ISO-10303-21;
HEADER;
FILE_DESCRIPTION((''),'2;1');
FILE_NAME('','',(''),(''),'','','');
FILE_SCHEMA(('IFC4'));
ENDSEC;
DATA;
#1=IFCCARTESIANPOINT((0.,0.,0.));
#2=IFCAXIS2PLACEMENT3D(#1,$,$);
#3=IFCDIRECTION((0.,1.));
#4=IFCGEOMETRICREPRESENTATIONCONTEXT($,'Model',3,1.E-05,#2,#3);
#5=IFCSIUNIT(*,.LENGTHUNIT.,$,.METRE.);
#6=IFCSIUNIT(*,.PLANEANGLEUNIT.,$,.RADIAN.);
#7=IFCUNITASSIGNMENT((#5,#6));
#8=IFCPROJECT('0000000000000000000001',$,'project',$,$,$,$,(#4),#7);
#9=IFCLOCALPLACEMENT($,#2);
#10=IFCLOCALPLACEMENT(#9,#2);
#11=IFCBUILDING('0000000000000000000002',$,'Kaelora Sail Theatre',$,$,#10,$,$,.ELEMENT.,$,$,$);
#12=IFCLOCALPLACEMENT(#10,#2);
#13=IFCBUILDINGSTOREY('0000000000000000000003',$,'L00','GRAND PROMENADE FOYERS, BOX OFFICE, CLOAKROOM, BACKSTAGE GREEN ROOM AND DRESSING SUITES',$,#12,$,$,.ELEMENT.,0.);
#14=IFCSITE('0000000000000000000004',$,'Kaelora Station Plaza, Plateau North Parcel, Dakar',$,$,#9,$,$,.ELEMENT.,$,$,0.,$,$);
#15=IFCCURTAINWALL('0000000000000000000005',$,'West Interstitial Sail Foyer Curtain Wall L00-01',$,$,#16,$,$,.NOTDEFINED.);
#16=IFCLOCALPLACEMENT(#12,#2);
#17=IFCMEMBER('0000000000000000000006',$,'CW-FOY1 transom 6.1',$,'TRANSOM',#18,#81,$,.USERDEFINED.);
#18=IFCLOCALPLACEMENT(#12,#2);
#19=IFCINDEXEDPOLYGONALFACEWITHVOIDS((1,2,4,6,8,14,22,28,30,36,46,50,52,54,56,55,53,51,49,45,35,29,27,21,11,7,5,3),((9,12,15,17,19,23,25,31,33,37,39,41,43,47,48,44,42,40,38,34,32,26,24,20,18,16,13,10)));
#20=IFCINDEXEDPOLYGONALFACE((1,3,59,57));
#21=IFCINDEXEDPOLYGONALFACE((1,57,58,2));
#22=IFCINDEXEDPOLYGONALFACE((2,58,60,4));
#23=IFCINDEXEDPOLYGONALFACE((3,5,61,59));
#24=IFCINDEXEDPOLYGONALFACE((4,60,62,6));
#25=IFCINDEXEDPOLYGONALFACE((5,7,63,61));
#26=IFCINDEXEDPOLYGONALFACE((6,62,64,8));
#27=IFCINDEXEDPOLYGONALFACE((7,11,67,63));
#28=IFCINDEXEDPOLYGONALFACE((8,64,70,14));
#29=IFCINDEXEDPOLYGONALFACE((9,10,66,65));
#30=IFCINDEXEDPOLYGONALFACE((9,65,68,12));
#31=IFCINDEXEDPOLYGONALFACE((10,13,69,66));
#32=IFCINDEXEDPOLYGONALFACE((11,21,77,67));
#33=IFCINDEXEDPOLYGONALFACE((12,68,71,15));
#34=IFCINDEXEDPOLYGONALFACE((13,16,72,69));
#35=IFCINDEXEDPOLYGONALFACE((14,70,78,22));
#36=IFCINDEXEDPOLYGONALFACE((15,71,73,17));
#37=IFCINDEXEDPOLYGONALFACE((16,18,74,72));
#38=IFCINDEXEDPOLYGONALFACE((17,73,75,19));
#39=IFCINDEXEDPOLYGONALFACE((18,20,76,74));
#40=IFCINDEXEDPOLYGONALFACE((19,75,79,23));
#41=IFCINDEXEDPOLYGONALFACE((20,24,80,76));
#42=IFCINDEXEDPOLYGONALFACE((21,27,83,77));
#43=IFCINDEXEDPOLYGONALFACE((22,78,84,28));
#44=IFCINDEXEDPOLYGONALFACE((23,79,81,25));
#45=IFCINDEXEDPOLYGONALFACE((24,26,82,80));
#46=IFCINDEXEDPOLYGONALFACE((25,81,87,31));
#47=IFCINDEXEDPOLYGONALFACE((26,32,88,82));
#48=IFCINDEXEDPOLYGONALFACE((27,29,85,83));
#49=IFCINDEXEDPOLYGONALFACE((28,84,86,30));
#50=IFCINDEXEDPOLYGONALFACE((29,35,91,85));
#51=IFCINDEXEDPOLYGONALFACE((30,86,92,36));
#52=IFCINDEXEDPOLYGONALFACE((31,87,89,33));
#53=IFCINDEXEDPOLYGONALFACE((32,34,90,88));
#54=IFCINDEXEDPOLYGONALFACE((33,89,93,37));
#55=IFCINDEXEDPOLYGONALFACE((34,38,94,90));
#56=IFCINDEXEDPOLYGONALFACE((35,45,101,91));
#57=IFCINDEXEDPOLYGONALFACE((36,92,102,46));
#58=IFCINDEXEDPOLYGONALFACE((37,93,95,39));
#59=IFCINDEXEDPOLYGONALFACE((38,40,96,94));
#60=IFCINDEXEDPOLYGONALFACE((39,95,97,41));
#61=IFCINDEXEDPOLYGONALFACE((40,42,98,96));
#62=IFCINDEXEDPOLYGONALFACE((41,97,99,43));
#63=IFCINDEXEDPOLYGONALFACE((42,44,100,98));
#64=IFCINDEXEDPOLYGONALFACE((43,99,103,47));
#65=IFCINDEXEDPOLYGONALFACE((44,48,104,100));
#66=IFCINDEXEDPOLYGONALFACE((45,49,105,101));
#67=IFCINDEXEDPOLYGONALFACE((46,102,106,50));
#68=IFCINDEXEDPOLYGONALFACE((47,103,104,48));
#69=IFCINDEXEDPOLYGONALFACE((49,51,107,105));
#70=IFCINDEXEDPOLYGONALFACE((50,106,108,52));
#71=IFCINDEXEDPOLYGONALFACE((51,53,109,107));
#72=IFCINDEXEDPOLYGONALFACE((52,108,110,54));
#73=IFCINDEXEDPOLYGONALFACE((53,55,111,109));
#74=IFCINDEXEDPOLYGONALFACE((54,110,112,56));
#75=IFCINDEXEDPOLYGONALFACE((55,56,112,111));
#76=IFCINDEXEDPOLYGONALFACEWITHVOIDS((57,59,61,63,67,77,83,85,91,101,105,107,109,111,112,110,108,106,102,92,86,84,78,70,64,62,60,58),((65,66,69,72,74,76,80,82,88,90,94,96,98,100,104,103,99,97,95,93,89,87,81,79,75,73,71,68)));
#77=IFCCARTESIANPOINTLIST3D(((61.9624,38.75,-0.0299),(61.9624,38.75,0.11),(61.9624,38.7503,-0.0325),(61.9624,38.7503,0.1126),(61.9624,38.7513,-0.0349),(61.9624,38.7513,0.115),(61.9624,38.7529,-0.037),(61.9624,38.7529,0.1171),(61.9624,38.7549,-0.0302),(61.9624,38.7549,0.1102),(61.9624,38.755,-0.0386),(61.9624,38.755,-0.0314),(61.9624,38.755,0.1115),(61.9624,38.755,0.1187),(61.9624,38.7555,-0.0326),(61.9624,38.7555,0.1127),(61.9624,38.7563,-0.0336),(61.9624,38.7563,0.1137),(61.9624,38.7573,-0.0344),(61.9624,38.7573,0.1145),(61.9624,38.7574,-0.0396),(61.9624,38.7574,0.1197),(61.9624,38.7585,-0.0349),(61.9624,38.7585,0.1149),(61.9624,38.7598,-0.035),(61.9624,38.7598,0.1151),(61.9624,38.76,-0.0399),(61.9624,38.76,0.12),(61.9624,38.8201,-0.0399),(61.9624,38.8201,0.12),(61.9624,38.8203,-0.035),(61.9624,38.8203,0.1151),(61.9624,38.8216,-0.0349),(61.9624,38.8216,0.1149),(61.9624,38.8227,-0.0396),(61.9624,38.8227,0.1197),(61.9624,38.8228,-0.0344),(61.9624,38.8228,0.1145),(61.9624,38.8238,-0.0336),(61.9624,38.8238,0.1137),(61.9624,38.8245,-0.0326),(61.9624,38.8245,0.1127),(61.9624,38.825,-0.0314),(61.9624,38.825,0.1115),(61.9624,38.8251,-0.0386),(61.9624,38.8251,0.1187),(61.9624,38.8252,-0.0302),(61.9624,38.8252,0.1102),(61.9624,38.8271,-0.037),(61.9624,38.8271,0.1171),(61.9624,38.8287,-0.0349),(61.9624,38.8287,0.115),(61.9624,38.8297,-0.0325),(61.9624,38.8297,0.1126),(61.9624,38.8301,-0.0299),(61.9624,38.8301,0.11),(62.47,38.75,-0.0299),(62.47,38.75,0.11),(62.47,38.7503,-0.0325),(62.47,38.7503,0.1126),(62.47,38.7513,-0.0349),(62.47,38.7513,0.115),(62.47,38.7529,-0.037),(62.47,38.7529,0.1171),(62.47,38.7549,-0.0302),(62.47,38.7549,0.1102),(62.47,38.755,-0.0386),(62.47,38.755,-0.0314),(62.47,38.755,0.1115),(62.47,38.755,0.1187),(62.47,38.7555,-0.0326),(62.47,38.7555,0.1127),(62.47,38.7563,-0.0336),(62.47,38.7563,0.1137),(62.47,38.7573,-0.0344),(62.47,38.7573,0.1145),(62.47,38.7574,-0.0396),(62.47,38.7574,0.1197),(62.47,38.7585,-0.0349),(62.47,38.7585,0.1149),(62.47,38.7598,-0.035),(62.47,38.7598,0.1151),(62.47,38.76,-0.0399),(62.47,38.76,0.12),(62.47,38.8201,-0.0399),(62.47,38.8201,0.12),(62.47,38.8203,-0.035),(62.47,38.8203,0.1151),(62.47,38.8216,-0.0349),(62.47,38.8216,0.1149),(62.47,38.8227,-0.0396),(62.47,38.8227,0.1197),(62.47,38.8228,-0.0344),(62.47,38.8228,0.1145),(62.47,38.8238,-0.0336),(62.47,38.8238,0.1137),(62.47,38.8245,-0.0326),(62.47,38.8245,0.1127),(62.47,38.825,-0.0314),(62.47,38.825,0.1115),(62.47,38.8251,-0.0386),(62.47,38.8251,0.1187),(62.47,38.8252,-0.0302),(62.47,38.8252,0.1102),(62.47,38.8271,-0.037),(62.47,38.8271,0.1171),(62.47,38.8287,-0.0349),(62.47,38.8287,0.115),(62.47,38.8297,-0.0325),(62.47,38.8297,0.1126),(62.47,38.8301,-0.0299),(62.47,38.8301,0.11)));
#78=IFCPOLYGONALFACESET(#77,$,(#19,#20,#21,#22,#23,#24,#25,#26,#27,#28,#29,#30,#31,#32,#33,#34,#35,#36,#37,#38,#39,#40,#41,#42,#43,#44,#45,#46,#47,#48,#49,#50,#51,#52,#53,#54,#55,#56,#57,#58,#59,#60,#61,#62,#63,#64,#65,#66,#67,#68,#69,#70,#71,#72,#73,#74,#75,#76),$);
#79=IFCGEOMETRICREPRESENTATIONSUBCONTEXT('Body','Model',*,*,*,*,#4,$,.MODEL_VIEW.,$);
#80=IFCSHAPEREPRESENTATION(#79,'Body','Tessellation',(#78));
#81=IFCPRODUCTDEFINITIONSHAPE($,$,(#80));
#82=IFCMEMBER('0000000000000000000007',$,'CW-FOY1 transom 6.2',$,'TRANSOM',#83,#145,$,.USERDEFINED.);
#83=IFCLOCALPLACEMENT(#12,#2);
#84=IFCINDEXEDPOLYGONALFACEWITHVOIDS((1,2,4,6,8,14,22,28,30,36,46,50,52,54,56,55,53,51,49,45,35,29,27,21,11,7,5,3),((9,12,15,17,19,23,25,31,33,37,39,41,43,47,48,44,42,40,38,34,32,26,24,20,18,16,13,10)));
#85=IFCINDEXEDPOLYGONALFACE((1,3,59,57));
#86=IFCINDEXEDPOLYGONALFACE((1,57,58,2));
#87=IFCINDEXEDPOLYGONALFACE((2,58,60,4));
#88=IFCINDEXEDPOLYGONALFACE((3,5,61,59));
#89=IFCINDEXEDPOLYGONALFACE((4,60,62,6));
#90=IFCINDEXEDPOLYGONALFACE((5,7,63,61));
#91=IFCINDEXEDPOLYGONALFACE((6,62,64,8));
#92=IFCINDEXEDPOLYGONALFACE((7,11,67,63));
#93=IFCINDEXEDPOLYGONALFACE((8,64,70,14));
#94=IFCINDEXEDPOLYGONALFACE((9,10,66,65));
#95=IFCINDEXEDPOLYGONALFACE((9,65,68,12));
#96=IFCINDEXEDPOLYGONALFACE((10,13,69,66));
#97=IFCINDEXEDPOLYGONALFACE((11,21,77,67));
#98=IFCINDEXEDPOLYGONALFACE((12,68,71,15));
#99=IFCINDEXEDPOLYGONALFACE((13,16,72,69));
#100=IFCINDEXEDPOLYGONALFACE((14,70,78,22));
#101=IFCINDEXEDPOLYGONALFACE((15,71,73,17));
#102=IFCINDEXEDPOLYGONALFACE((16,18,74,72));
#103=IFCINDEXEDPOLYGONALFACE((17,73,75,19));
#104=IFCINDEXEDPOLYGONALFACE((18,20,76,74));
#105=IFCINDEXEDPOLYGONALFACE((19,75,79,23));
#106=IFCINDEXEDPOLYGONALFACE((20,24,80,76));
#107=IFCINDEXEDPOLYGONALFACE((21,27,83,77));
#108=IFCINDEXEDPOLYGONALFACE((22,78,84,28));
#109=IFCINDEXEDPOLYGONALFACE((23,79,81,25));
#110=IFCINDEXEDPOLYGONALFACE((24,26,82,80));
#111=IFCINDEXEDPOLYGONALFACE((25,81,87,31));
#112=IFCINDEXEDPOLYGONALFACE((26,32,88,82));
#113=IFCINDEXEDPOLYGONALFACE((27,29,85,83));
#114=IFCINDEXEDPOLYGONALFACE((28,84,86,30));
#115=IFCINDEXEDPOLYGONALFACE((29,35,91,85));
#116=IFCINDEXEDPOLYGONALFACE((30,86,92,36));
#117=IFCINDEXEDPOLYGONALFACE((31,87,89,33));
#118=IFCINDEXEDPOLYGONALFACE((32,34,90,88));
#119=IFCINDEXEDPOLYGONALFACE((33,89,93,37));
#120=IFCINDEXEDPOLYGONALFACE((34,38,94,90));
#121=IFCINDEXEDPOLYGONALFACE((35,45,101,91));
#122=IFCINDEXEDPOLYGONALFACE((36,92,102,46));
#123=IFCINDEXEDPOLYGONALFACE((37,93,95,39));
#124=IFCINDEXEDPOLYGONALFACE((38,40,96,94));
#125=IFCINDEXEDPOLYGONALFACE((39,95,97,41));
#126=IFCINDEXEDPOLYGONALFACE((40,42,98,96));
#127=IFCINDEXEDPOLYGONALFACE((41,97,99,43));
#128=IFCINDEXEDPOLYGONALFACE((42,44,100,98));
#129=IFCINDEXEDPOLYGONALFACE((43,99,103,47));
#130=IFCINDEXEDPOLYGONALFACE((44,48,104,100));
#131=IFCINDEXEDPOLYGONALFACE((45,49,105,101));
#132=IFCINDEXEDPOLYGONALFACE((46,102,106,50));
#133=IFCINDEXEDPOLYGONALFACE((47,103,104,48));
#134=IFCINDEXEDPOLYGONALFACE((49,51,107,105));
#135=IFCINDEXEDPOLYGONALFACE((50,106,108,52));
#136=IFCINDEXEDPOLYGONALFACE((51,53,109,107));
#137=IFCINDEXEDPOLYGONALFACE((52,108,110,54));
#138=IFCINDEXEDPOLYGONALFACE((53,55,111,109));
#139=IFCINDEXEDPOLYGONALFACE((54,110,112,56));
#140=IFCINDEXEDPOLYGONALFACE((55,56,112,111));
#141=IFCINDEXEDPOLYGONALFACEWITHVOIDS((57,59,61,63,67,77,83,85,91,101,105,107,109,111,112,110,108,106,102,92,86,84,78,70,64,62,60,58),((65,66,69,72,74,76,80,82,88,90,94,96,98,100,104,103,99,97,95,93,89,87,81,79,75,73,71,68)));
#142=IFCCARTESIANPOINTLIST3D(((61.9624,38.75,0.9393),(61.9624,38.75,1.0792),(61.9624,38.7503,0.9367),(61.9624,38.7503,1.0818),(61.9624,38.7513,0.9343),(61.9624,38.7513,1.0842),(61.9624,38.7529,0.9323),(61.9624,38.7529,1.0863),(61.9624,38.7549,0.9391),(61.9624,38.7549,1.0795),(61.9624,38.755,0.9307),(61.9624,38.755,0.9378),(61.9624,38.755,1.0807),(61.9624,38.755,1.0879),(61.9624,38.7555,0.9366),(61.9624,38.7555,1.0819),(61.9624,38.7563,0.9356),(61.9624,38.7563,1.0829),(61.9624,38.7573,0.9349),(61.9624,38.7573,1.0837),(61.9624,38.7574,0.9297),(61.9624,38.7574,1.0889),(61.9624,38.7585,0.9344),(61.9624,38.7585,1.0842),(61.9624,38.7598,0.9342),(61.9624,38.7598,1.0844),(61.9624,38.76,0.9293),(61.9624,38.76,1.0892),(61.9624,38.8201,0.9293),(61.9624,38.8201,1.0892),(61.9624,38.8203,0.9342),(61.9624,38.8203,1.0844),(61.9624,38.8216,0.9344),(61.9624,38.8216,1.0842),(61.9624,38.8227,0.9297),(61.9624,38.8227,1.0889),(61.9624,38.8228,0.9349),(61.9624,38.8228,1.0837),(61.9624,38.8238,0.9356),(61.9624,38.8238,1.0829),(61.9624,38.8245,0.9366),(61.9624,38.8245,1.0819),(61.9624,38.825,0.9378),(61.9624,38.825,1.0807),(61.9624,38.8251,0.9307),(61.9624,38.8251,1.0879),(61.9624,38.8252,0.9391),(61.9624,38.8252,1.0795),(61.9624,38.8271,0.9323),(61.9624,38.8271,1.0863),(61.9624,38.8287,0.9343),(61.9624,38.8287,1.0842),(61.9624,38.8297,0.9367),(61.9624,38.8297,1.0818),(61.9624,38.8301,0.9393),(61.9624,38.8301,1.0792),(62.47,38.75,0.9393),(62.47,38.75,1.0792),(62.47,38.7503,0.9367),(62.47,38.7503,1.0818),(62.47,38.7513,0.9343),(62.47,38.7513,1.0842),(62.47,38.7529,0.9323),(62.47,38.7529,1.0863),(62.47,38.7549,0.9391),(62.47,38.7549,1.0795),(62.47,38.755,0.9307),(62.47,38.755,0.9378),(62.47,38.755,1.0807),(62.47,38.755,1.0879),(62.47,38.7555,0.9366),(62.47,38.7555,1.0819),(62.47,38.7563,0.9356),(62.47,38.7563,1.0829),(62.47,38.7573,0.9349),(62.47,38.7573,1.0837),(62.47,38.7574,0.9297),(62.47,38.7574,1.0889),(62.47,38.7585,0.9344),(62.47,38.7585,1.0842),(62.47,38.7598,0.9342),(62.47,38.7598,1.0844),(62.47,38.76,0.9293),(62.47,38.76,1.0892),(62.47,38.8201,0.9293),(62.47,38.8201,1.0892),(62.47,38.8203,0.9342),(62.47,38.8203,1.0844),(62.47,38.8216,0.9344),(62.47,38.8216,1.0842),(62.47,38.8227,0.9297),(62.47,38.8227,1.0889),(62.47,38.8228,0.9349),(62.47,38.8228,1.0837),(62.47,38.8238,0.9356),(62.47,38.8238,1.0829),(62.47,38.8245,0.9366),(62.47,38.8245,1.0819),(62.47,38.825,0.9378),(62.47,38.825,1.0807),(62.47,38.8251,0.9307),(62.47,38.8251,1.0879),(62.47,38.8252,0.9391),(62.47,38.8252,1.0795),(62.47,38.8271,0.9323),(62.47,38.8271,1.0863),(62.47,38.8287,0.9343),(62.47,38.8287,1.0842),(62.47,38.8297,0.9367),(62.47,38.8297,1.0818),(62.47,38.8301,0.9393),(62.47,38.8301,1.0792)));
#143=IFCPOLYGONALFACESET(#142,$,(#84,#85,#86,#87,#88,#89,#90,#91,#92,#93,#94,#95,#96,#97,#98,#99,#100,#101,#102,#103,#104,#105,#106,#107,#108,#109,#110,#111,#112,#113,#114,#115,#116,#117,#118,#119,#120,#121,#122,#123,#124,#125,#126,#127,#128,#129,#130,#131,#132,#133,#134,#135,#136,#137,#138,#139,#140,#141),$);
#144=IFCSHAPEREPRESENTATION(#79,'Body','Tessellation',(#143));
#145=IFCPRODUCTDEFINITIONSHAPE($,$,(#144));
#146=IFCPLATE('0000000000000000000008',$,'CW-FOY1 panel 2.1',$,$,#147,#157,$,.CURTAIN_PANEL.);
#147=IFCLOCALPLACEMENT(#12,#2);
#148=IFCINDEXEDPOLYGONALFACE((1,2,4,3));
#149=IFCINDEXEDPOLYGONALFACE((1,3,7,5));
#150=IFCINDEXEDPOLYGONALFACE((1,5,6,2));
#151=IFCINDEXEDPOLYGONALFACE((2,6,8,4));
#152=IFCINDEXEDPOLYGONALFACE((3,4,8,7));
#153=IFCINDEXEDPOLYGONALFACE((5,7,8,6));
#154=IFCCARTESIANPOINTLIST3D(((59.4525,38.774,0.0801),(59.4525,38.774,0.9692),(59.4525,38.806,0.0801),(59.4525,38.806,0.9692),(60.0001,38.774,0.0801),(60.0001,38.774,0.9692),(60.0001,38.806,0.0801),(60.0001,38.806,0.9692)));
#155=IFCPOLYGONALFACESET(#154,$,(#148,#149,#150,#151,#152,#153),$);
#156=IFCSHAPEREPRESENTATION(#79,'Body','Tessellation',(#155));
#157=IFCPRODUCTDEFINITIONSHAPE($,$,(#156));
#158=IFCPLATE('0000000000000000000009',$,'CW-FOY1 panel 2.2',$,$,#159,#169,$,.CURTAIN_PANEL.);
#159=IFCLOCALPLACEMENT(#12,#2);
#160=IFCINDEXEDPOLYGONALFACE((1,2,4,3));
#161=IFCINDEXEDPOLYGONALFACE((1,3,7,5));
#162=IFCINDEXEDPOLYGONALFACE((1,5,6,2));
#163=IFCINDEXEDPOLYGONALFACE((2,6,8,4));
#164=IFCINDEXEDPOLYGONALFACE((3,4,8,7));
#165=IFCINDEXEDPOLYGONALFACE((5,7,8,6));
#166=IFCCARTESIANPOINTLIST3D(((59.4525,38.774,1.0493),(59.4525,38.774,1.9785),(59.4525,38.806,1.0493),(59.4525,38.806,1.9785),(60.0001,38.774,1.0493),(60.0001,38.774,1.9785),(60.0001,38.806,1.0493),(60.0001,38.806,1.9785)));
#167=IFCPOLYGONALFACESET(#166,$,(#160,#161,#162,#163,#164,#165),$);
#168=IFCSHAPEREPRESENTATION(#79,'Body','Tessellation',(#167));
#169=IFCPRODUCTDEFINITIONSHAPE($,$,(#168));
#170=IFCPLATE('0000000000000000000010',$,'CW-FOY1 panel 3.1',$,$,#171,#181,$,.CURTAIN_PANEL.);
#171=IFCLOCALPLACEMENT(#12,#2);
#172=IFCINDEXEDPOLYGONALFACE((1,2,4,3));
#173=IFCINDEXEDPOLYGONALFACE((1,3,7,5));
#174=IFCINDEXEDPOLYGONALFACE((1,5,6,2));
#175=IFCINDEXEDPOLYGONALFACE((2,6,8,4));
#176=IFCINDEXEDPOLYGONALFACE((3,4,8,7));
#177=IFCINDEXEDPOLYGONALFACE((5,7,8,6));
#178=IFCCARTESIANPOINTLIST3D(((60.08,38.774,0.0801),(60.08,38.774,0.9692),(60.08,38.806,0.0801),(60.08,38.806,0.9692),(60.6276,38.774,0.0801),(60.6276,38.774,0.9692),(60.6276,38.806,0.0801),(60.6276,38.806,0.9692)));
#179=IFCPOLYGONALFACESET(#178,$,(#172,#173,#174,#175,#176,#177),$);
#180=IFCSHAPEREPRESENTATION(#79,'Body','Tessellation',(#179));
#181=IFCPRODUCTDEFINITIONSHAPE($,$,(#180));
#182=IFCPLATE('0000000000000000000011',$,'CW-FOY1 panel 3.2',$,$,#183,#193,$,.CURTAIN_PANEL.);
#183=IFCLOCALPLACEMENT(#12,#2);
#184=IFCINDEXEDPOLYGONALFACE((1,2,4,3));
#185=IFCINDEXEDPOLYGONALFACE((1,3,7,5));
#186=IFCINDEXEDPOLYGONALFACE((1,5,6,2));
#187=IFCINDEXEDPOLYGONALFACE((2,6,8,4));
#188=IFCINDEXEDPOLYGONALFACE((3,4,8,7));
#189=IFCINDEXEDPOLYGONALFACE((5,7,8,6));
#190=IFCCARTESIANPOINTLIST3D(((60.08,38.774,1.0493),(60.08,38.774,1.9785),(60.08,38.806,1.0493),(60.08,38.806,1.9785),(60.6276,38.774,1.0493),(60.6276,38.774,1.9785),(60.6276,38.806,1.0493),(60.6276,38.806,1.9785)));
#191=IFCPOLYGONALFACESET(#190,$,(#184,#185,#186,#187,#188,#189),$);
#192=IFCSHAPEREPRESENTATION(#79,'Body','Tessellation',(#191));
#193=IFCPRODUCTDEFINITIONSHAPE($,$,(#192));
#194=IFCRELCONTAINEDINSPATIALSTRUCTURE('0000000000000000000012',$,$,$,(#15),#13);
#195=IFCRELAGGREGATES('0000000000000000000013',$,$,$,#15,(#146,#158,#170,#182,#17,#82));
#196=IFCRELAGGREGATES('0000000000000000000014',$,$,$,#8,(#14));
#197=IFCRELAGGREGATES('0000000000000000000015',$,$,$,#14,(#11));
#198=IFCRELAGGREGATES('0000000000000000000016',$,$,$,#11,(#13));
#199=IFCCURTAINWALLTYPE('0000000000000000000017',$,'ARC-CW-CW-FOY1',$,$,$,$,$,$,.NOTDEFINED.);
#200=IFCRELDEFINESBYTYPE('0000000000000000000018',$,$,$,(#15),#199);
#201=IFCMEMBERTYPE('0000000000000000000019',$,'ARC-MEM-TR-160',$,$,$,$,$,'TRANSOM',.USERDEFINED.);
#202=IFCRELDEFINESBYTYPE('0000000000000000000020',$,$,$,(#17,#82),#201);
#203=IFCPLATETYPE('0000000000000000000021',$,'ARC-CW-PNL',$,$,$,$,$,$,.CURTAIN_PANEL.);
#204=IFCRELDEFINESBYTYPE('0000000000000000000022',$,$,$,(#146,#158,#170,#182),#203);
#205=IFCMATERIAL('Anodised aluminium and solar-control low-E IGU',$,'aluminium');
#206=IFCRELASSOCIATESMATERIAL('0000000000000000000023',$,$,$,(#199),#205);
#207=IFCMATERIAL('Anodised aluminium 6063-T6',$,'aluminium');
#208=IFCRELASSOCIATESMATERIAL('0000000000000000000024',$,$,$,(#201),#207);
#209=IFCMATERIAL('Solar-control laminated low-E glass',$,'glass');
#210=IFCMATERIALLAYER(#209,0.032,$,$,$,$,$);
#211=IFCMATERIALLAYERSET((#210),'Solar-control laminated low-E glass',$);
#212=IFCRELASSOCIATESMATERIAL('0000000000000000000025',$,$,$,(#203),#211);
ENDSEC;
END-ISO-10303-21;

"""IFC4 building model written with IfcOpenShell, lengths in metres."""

from ifc_helpers import new_model, si_unit, direction, frame, origin, origin_2d, place, context, subcontext, project, spatial, rectangle, hollow_rectangle, extrude, material, layer, layer_set, material_profile, profile_set, type_object, element, aggregate, save


model = new_model("IFC4")

# Units and contexts
model_context = context("Model", 3, precision=1e-05, world=origin(), true_north=direction((0.0, 1.0)))
body_context = subcontext(model_context, "Body", "Model", "MODEL_VIEW")
ifc_project = project(units=[si_unit("LENGTHUNIT", "METRE"), si_unit("PLANEANGLEUNIT", "RADIAN")], contexts=[model_context])

# Site, building, storey
site_placement = place(None, origin())
site = spatial("IfcSite", under=ifc_project, at=site_placement, Name="Kaelora Station Plaza, Plateau North Parcel, Dakar", CompositionType="ELEMENT", RefElevation=0.0)
building_placement = place(site_placement, origin())
building = spatial("IfcBuilding", under=site, at=building_placement, Name="Kaelora Sail Theatre", CompositionType="ELEMENT")
storey_placement = place(building_placement, origin())
storey = spatial("IfcBuildingStorey", under=building, at=storey_placement, Name="L00", Description="GRAND PROMENADE FOYERS, BOX OFFICE, CLOAKROOM, BACKSTAGE GREEN ROOM AND DRESSING SUITES", CompositionType="ELEMENT", Elevation=0.0)

# Curtain wall, members, plates
ifc_material_1 = material(Name="Anodised aluminium and solar-control low-E IGU", Category="aluminium")
curtain_wall_type = type_object("IfcCurtainWallType", Name="ARC-CW-CW-FOY1", PredefinedType="NOTDEFINED", material=ifc_material_1)
curtain_wall_placement = place(storey_placement, origin())
curtain_wall = element("IfcCurtainWall", 1, at=curtain_wall_placement, inside=storey, type_object=curtain_wall_type, Name="West Interstitial Sail Foyer Curtain Wall L00-01", PredefinedType="NOTDEFINED")
ifc_material_2 = material(Name="Anodised aluminium 6063-T6", Category="aluminium")
ifc_material_profile_1 = material_profile(ifc_material_2, hollow_rectangle(XDim=0.0801, YDim=0.1599, WallThickness=0.0049, InnerFilletRadius=0.0049, OuterFilletRadius=0.01, at=origin_2d()), Name="ALU-TRAN 80x160x5")
ifc_profile_set_1 = profile_set([ifc_material_profile_1], Name="Anodised aluminium 6063-T6")
member_type_1 = type_object("IfcMemberType", Name="ARC-MEM-TR-160", ElementType="TRANSOM", PredefinedType="USERDEFINED", material=ifc_profile_set_1)
member_1_placement = place(storey_placement, frame((61.9624, 38.79, 0.04), z_axis=(1.0, 0.0, 0.0), x_axis=(0.0, 1.0, 0.0)))
member_1 = element("IfcMember", 2, at=member_1_placement, type_object=member_type_1, Name="CW-FOY1 transom 6.1", ObjectType="TRANSOM", PredefinedType="USERDEFINED", context=body_context, shape_type="SweptSolid", body=[
    extrude(hollow_rectangle(XDim=0.0801, YDim=0.1599, WallThickness=0.0049, InnerFilletRadius=0.0049, OuterFilletRadius=0.01, at=origin_2d()), origin(), (0.0, 0.0, 1.0), 0.5076),
])
member_2_placement = place(storey_placement, frame((61.9624, 38.79, 1.0093), z_axis=(1.0, 0.0, 0.0), x_axis=(0.0, 1.0, 0.0)))
member_2 = element("IfcMember", 3, at=member_2_placement, type_object=member_type_1, Name="CW-FOY1 transom 6.2", ObjectType="TRANSOM", PredefinedType="USERDEFINED", context=body_context, shape_type="SweptSolid", body=[
    extrude(hollow_rectangle(XDim=0.0801, YDim=0.1599, WallThickness=0.0049, InnerFilletRadius=0.0049, OuterFilletRadius=0.01, at=origin_2d()), origin(), (0.0, 0.0, 1.0), 0.5076),
])
ifc_material_3 = material(Name="Solar-control laminated low-E glass", Category="glass")
ifc_layer = layer(ifc_material_3, 0.032)
ifc_layer_set = layer_set([ifc_layer], Name="Solar-control laminated low-E glass")
plate_type = type_object("IfcPlateType", Name="ARC-CW-PNL", PredefinedType="CURTAIN_PANEL", material=ifc_layer_set)
plate_1_placement = place(storey_placement, frame((59.7263, 38.79, 0.0801), z_axis=(0.0, 0.0, 1.0), x_axis=(1.0, 0.0, 0.0)))
plate_1 = element("IfcPlate", 4, at=plate_1_placement, type_object=plate_type, Name="CW-FOY1 panel 2.1", PredefinedType="CURTAIN_PANEL", context=body_context, shape_type="SweptSolid", body=[
    extrude(rectangle(XDim=0.5476, YDim=0.032, at=origin_2d()), origin(), (0.0, 0.0, 1.0), 0.8892),
])
plate_2_placement = place(storey_placement, frame((59.7263, 38.79, 1.0493), z_axis=(0.0, 0.0, 1.0), x_axis=(1.0, 0.0, 0.0)))
plate_2 = element("IfcPlate", 5, at=plate_2_placement, type_object=plate_type, Name="CW-FOY1 panel 2.2", PredefinedType="CURTAIN_PANEL", context=body_context, shape_type="SweptSolid", body=[
    extrude(rectangle(XDim=0.5476, YDim=0.032, at=origin_2d()), origin(), (0.0, 0.0, 1.0), 0.9292),
])
plate_3_placement = place(storey_placement, frame((60.3538, 38.79, 0.0801), z_axis=(0.0, 0.0, 1.0), x_axis=(1.0, 0.0, 0.0)))
plate_3 = element("IfcPlate", 6, at=plate_3_placement, type_object=plate_type, Name="CW-FOY1 panel 3.1", PredefinedType="CURTAIN_PANEL", context=body_context, shape_type="SweptSolid", body=[
    extrude(rectangle(XDim=0.5476, YDim=0.032, at=origin_2d()), origin(), (0.0, 0.0, 1.0), 0.8892),
])
plate_4_placement = place(storey_placement, frame((60.3538, 38.79, 1.0493), z_axis=(0.0, 0.0, 1.0), x_axis=(1.0, 0.0, 0.0)))
plate_4 = element("IfcPlate", 7, at=plate_4_placement, type_object=plate_type, Name="CW-FOY1 panel 3.2", PredefinedType="CURTAIN_PANEL", context=body_context, shape_type="SweptSolid", body=[
    extrude(rectangle(XDim=0.5476, YDim=0.032, at=origin_2d()), origin(), (0.0, 0.0, 1.0), 0.9292),
])
aggregate(curtain_wall, [plate_1, plate_2, plate_3, plate_4, member_1, member_2])

save(model, "model.ifc")
